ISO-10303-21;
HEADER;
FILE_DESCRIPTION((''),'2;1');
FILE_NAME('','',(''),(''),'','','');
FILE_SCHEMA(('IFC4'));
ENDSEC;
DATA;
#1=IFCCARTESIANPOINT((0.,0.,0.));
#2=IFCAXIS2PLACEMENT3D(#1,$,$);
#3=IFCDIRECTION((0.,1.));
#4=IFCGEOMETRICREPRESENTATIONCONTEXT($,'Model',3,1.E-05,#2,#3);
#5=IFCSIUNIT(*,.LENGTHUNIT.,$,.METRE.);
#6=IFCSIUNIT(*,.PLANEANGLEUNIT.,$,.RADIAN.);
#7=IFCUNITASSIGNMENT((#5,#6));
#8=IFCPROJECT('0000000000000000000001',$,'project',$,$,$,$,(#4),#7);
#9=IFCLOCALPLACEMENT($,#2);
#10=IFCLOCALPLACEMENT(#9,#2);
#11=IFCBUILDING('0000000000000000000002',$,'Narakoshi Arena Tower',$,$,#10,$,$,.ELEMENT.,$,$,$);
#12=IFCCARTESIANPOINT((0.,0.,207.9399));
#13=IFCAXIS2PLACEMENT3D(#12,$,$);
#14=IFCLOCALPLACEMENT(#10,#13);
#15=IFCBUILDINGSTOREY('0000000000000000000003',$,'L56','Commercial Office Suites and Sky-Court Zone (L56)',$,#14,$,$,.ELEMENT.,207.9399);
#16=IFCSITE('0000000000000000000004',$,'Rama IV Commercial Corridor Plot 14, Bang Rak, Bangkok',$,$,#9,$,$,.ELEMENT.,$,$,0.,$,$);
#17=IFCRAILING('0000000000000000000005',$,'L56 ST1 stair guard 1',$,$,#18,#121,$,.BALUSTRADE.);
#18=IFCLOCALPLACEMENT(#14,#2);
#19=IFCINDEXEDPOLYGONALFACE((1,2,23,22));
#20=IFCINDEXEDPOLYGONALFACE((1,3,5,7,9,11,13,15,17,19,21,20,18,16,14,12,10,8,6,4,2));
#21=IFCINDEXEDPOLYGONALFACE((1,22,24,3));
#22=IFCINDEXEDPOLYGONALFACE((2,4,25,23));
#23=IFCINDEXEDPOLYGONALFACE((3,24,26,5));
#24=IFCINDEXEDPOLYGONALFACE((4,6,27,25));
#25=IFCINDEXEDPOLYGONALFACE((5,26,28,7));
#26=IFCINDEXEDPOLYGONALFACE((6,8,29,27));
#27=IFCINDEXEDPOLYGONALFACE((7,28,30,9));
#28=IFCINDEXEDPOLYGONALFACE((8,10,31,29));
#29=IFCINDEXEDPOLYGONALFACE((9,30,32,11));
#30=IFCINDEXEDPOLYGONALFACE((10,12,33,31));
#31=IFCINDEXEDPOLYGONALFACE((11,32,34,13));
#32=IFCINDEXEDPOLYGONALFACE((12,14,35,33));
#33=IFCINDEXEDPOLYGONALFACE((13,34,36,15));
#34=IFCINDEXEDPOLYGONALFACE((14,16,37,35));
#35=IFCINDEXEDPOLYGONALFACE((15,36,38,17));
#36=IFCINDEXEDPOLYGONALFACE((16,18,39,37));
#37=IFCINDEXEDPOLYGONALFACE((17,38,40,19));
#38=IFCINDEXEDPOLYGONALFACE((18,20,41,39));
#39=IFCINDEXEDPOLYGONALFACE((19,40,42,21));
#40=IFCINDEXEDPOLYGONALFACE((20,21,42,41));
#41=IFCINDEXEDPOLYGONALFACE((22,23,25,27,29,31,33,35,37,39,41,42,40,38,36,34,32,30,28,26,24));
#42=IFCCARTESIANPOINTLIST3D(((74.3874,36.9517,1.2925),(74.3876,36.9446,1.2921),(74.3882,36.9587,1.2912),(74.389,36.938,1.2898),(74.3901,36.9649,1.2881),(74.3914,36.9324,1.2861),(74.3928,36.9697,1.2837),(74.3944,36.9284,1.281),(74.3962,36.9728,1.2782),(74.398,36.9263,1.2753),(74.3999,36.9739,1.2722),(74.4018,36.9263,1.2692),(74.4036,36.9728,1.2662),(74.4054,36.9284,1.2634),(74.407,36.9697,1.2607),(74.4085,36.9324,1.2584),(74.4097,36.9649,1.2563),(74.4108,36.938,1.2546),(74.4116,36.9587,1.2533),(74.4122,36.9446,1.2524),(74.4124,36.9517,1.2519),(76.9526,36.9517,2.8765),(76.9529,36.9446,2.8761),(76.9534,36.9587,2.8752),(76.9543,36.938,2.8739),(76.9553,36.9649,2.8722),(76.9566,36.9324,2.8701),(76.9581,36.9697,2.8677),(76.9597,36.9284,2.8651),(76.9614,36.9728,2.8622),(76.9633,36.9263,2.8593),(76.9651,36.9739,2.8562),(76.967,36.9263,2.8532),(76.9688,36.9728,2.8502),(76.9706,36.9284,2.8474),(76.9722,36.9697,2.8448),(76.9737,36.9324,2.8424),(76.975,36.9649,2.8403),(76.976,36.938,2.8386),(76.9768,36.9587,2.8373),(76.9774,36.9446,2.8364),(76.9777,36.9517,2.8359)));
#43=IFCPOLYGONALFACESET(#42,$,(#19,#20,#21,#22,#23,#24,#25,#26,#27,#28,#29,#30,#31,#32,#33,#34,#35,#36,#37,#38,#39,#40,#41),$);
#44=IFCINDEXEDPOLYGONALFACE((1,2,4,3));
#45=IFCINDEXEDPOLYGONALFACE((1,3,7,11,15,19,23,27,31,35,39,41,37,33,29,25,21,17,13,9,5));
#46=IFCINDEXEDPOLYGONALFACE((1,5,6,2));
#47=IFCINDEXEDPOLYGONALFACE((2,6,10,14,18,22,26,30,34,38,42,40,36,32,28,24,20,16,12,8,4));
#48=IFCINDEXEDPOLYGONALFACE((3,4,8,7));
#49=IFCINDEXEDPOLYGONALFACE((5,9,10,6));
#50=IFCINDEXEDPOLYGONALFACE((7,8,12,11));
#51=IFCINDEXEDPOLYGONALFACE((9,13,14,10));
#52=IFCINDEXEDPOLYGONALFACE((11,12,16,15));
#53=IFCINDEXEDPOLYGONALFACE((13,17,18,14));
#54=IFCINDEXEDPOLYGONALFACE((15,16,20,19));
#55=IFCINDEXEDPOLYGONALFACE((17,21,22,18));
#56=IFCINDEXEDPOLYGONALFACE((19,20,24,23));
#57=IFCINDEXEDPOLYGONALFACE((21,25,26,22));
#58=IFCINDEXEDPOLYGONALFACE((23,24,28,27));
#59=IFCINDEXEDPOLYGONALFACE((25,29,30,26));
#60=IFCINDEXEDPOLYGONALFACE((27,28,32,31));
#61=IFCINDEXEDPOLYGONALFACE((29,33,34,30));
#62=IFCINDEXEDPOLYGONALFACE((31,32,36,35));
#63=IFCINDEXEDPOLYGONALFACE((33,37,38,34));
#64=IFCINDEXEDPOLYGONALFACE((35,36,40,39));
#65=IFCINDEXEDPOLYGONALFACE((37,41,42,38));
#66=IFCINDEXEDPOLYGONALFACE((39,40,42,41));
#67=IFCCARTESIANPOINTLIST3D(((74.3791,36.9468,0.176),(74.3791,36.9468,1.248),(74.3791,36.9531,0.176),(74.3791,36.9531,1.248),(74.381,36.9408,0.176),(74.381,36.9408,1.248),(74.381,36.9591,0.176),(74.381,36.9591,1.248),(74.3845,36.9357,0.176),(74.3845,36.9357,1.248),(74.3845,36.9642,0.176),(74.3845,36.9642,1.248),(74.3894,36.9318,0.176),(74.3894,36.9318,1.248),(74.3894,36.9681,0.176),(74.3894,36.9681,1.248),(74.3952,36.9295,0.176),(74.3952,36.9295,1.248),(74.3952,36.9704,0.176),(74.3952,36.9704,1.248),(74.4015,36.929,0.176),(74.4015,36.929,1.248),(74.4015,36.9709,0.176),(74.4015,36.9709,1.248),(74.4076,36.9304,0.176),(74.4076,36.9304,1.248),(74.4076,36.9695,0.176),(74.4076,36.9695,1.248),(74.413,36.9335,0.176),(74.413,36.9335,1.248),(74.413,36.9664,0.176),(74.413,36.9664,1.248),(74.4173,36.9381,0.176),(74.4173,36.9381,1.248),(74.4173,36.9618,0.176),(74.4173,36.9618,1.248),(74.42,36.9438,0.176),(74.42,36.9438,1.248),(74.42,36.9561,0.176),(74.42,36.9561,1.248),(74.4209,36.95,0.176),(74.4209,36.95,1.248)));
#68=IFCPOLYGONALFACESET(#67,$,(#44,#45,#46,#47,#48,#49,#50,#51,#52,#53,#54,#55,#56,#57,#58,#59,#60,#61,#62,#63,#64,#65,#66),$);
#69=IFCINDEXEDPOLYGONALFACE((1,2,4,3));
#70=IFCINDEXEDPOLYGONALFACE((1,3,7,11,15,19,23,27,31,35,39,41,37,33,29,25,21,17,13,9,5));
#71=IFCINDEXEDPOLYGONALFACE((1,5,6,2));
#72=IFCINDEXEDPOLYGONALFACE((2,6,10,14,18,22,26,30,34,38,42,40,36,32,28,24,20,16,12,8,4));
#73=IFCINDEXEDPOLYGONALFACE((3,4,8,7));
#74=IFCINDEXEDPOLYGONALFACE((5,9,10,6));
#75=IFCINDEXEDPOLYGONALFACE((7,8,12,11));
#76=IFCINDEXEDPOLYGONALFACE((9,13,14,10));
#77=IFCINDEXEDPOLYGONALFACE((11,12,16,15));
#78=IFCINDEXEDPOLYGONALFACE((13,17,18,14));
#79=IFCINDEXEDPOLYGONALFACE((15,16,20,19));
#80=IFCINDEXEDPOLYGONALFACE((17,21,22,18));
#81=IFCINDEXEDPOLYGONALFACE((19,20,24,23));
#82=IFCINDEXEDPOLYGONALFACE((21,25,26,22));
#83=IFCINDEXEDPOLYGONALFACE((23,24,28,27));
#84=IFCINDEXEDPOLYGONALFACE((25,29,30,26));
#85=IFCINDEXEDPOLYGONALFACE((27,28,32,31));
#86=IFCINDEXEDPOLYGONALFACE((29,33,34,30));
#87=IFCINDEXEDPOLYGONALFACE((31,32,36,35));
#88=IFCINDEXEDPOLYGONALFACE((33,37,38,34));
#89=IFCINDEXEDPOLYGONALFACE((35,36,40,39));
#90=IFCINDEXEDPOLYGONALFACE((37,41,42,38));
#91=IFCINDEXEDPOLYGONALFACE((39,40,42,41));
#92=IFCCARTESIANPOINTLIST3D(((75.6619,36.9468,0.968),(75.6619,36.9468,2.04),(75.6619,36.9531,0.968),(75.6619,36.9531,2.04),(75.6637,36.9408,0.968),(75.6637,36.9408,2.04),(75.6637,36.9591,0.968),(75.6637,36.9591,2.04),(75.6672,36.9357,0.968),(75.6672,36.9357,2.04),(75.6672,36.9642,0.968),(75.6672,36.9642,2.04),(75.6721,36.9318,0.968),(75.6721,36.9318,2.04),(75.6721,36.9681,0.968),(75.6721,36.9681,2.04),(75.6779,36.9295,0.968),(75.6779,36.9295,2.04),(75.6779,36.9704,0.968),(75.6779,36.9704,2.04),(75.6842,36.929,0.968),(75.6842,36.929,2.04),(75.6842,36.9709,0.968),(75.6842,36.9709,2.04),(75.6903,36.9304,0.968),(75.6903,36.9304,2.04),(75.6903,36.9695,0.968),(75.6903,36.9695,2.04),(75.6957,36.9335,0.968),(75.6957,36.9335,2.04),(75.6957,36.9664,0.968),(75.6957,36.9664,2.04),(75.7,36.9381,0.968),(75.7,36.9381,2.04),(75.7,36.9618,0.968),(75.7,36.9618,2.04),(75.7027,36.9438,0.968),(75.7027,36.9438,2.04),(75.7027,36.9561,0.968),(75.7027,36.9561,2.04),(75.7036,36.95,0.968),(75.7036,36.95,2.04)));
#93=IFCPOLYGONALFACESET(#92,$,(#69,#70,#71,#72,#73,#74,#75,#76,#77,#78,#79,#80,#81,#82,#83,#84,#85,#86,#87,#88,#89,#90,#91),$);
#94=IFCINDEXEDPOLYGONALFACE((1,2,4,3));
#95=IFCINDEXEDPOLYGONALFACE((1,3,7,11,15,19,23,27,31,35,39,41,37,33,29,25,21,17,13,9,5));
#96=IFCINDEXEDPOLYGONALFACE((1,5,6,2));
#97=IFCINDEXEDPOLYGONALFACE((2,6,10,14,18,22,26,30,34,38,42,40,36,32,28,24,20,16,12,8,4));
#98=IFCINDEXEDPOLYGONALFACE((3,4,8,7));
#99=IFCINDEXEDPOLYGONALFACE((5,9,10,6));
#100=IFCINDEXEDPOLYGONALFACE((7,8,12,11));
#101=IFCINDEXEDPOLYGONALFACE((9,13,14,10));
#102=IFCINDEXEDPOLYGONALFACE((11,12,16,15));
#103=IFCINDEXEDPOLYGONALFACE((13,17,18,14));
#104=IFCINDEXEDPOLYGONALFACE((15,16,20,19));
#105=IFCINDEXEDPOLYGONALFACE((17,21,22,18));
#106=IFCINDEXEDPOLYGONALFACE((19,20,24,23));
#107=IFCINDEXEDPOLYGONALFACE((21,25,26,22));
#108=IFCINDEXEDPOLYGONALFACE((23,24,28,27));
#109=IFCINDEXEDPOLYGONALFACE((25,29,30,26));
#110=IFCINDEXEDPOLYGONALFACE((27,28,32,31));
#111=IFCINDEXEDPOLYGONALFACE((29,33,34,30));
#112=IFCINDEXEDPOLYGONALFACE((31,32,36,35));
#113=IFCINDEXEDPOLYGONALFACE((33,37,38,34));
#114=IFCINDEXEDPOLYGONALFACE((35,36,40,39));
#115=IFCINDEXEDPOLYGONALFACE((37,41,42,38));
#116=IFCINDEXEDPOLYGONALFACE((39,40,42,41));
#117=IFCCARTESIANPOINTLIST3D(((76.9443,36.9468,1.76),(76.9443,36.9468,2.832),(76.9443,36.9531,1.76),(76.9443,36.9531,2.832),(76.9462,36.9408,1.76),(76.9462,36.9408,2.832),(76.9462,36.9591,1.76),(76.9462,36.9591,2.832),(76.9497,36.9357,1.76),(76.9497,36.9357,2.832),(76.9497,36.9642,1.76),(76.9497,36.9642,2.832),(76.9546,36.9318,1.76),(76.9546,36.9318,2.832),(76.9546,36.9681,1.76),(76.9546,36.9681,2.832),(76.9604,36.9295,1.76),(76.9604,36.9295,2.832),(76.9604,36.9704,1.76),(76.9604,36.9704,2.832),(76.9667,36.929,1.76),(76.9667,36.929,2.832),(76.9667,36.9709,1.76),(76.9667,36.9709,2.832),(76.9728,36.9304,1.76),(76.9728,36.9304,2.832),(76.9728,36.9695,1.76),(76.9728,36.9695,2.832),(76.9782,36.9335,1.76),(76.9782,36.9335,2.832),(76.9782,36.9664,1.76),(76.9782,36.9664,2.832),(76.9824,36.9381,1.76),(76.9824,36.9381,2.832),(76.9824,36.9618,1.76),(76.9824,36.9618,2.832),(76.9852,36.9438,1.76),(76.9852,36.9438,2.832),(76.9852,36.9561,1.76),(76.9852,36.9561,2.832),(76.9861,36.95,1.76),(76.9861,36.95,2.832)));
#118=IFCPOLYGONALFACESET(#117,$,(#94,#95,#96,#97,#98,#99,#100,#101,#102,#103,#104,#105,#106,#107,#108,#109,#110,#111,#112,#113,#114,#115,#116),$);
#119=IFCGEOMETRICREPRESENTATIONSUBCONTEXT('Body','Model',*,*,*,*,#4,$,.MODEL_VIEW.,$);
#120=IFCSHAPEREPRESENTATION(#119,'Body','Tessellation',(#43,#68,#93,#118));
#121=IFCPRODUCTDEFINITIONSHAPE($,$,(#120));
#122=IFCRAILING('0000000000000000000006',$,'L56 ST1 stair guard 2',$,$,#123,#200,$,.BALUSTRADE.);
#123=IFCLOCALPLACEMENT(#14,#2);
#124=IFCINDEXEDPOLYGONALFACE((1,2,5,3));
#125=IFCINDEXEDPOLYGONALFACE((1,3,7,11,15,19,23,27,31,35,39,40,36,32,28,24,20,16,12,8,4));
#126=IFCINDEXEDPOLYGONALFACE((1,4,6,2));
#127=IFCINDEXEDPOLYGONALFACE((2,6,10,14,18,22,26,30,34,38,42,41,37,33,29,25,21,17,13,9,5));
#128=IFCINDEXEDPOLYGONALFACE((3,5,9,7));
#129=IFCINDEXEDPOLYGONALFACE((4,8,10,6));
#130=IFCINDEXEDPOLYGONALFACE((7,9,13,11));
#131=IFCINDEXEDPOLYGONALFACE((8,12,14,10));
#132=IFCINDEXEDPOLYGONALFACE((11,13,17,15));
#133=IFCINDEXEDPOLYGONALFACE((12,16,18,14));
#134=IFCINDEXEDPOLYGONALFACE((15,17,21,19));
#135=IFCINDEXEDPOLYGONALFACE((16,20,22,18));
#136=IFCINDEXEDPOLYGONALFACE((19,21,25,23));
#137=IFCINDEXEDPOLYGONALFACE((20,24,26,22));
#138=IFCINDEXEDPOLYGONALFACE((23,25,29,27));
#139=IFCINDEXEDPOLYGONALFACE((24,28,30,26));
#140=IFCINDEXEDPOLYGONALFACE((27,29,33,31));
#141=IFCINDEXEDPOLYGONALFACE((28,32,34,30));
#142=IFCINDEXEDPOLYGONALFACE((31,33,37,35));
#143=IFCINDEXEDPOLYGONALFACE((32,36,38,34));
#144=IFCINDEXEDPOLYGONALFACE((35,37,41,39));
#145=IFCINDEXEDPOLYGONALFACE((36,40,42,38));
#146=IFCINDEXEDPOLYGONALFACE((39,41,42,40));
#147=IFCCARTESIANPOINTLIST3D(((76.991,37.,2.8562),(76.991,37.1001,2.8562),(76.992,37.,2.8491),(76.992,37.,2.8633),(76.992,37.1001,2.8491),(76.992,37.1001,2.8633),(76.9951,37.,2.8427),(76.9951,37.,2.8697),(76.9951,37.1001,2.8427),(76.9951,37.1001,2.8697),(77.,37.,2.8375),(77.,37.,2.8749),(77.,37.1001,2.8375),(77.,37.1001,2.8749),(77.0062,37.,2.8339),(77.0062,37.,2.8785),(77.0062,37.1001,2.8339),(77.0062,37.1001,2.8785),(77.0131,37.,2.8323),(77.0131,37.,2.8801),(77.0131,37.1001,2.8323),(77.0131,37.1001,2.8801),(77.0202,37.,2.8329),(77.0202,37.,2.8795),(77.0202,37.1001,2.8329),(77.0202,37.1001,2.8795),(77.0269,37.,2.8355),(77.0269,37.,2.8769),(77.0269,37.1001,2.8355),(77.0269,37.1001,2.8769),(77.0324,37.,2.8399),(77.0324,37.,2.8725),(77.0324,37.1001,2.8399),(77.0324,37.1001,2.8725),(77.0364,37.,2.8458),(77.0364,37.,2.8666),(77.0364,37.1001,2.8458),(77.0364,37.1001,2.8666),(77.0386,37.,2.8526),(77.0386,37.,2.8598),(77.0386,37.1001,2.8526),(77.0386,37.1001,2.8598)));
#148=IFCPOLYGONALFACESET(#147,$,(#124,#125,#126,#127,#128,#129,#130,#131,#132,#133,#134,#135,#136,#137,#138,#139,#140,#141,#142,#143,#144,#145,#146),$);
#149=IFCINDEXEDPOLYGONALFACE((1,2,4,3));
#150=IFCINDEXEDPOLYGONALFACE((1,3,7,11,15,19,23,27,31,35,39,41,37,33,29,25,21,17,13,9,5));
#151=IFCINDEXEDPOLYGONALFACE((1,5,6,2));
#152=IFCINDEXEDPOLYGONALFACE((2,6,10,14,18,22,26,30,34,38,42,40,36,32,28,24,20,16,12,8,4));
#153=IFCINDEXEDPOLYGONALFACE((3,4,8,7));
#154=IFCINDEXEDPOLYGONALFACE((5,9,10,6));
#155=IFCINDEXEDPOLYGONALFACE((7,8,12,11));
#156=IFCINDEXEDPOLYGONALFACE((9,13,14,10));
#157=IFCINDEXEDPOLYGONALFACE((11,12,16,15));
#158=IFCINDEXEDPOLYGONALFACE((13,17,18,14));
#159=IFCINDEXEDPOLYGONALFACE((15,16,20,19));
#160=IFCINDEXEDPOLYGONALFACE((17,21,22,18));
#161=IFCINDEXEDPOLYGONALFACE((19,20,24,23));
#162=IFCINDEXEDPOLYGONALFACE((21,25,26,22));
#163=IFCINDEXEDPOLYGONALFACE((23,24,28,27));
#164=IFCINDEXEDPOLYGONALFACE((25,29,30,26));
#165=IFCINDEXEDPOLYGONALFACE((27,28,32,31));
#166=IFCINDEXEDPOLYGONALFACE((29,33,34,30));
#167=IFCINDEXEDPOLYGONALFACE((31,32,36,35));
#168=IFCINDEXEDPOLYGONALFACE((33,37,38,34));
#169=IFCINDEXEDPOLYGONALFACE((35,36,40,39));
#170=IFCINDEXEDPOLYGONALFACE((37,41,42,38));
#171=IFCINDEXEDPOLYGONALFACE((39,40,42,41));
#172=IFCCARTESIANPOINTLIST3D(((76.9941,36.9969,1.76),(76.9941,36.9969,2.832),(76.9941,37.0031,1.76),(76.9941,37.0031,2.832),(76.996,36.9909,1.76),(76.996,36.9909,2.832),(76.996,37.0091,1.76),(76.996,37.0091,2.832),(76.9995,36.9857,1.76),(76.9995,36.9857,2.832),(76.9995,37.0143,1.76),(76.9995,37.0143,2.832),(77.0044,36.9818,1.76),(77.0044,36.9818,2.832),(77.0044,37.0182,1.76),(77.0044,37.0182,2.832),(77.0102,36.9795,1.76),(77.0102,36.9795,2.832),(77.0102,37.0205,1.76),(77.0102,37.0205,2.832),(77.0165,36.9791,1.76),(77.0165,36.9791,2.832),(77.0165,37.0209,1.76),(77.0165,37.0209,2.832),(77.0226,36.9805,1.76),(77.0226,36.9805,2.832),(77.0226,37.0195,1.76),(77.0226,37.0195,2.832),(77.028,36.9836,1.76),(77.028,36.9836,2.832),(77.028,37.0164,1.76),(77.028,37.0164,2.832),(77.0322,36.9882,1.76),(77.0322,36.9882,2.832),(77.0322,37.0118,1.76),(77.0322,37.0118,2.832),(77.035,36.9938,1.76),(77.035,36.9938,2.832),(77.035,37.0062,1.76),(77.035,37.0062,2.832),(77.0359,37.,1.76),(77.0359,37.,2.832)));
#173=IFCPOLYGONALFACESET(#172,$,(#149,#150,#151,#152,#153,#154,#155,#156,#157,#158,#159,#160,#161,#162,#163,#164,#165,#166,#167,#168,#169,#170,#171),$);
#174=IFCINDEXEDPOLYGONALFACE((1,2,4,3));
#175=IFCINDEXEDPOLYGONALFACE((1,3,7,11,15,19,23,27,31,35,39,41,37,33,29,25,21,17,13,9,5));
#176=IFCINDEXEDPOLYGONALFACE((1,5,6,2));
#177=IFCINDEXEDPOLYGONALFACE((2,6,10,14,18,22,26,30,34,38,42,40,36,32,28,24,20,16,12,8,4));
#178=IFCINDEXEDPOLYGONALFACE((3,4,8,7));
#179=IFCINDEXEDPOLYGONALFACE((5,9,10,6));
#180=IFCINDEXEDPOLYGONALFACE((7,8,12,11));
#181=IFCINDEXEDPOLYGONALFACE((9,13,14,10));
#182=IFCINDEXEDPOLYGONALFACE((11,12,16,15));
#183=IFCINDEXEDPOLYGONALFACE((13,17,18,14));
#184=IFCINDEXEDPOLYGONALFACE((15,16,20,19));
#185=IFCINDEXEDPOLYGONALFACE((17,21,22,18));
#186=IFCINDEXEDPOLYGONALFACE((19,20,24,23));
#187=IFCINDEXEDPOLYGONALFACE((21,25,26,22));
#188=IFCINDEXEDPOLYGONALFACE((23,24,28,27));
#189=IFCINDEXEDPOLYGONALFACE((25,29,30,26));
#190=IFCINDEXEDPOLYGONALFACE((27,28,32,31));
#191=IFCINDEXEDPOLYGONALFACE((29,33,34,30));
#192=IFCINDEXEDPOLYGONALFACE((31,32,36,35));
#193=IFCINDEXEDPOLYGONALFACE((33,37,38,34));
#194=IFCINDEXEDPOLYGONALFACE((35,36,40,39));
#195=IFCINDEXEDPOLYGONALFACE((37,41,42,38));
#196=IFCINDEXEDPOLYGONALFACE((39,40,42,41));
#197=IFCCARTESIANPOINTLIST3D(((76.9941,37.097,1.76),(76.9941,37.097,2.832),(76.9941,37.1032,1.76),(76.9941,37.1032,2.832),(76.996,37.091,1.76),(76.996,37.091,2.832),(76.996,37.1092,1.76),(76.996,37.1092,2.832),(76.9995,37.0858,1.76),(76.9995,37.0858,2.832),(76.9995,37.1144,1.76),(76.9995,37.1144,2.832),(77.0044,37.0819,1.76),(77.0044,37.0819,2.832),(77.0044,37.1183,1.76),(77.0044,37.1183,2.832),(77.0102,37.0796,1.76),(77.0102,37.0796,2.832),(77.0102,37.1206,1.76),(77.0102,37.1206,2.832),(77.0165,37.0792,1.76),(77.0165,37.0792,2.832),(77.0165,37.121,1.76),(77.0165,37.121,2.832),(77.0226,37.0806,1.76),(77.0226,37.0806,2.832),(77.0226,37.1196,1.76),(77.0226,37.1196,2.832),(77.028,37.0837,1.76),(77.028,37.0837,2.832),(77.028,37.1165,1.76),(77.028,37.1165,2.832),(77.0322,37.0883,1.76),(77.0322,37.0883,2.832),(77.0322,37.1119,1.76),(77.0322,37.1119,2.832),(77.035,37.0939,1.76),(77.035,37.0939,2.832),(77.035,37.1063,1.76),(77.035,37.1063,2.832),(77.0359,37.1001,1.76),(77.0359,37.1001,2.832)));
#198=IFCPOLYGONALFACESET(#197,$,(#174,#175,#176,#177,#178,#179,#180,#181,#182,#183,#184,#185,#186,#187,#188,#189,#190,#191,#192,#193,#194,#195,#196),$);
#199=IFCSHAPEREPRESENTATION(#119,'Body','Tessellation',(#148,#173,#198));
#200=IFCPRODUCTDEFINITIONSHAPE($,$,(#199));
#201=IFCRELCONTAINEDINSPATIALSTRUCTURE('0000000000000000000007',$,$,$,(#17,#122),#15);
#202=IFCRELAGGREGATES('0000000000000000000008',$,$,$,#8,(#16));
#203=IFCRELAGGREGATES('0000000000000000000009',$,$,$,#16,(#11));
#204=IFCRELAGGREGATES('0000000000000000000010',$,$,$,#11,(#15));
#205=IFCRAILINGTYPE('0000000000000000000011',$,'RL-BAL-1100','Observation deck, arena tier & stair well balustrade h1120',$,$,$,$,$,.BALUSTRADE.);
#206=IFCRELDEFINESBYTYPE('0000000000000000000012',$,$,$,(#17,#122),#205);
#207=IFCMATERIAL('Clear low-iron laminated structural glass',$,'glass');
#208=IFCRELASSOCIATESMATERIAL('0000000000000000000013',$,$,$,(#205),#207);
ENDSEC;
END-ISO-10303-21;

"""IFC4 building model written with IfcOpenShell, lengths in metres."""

from ifc_helpers import new_model, si_unit, direction, frame, origin, origin_2d, place, context, subcontext, project, spatial, circle, extrude, material, type_object, element, save


model = new_model("IFC4")

# Units and contexts
model_context = context("Model", 3, precision=1e-05, world=origin(), true_north=direction((0.0, 1.0)))
body_context = subcontext(model_context, "Body", "Model", "MODEL_VIEW")
ifc_project = project(units=[si_unit("LENGTHUNIT", "METRE"), si_unit("PLANEANGLEUNIT", "RADIAN")], contexts=[model_context])

# Site, building, storey
site_placement = place(None, origin())
site = spatial("IfcSite", under=ifc_project, at=site_placement, Name="Rama IV Commercial Corridor Plot 14, Bang Rak, Bangkok", CompositionType="ELEMENT", RefElevation=0.0)
building_placement = place(site_placement, origin())
building = spatial("IfcBuilding", under=site, at=building_placement, Name="Narakoshi Arena Tower", CompositionType="ELEMENT")
storey_placement = place(building_placement, frame((0.0, 0.0, 207.9399)))
storey = spatial("IfcBuildingStorey", under=building, at=storey_placement, Name="L56", Description="Commercial Office Suites and Sky-Court Zone (L56)", CompositionType="ELEMENT", Elevation=207.9399)

# Railings
ifc_material_1 = material(Name="Clear low-iron laminated structural glass", Category="glass")
railing_type_1 = type_object("IfcRailingType", Name="RL-BAL-1100", Description="Observation deck, arena tier & stair well balustrade h1120", PredefinedType="BALUSTRADE", material=ifc_material_1)
railing_1_placement = place(storey_placement, frame((74.3999, 36.95, 0.176)))
element("IfcRailing", 1, at=railing_1_placement, inside=storey, type_object=railing_type_1, Name="L56 ST1 stair guard 1", PredefinedType="BALUSTRADE", context=body_context, shape_type="SweptSolid", body=[
    extrude(circle(Radius=0.0239, at=origin_2d()), frame((0.0, 0.0, 1.0962), z_axis=(0.850857, 0.0, 0.525398), x_axis=(0.0, 1.0, 0.0)), (0.0, 0.0, 1.0), 3.0149),
    extrude(circle(Radius=0.021, at=origin_2d()), origin(), (0.0, 0.0, 1.0), 1.072),
    extrude(circle(Radius=0.021, at=origin_2d()), frame((1.2827, 0.0, 0.792)), (0.0, 0.0, 1.0), 1.072),
    extrude(circle(Radius=0.021, at=origin_2d()), frame((2.5652, 0.0, 1.584)), (0.0, 0.0, 1.0), 1.072),
])
railing_2_placement = place(storey_placement, frame((77.0149, 37.0, 1.76)))
element("IfcRailing", 2, at=railing_2_placement, inside=storey, type_object=railing_type_1, Name="L56 ST1 stair guard 2", PredefinedType="BALUSTRADE", context=body_context, shape_type="SweptSolid", body=[
    extrude(circle(Radius=0.0239, at=origin_2d()), frame((0.0, 0.0, 1.0962), z_axis=(0.0, 1.0, 0.0), x_axis=(-1.0, 0.0, 0.0)), (0.0, 0.0, 1.0), 0.1001),
    extrude(circle(Radius=0.021, at=origin_2d()), origin(), (0.0, 0.0, 1.0), 1.072),
    extrude(circle(Radius=0.021, at=origin_2d()), frame((0.0, 0.1001, 0.0)), (0.0, 0.0, 1.0), 1.072),
])

save(model, "model.ifc")
